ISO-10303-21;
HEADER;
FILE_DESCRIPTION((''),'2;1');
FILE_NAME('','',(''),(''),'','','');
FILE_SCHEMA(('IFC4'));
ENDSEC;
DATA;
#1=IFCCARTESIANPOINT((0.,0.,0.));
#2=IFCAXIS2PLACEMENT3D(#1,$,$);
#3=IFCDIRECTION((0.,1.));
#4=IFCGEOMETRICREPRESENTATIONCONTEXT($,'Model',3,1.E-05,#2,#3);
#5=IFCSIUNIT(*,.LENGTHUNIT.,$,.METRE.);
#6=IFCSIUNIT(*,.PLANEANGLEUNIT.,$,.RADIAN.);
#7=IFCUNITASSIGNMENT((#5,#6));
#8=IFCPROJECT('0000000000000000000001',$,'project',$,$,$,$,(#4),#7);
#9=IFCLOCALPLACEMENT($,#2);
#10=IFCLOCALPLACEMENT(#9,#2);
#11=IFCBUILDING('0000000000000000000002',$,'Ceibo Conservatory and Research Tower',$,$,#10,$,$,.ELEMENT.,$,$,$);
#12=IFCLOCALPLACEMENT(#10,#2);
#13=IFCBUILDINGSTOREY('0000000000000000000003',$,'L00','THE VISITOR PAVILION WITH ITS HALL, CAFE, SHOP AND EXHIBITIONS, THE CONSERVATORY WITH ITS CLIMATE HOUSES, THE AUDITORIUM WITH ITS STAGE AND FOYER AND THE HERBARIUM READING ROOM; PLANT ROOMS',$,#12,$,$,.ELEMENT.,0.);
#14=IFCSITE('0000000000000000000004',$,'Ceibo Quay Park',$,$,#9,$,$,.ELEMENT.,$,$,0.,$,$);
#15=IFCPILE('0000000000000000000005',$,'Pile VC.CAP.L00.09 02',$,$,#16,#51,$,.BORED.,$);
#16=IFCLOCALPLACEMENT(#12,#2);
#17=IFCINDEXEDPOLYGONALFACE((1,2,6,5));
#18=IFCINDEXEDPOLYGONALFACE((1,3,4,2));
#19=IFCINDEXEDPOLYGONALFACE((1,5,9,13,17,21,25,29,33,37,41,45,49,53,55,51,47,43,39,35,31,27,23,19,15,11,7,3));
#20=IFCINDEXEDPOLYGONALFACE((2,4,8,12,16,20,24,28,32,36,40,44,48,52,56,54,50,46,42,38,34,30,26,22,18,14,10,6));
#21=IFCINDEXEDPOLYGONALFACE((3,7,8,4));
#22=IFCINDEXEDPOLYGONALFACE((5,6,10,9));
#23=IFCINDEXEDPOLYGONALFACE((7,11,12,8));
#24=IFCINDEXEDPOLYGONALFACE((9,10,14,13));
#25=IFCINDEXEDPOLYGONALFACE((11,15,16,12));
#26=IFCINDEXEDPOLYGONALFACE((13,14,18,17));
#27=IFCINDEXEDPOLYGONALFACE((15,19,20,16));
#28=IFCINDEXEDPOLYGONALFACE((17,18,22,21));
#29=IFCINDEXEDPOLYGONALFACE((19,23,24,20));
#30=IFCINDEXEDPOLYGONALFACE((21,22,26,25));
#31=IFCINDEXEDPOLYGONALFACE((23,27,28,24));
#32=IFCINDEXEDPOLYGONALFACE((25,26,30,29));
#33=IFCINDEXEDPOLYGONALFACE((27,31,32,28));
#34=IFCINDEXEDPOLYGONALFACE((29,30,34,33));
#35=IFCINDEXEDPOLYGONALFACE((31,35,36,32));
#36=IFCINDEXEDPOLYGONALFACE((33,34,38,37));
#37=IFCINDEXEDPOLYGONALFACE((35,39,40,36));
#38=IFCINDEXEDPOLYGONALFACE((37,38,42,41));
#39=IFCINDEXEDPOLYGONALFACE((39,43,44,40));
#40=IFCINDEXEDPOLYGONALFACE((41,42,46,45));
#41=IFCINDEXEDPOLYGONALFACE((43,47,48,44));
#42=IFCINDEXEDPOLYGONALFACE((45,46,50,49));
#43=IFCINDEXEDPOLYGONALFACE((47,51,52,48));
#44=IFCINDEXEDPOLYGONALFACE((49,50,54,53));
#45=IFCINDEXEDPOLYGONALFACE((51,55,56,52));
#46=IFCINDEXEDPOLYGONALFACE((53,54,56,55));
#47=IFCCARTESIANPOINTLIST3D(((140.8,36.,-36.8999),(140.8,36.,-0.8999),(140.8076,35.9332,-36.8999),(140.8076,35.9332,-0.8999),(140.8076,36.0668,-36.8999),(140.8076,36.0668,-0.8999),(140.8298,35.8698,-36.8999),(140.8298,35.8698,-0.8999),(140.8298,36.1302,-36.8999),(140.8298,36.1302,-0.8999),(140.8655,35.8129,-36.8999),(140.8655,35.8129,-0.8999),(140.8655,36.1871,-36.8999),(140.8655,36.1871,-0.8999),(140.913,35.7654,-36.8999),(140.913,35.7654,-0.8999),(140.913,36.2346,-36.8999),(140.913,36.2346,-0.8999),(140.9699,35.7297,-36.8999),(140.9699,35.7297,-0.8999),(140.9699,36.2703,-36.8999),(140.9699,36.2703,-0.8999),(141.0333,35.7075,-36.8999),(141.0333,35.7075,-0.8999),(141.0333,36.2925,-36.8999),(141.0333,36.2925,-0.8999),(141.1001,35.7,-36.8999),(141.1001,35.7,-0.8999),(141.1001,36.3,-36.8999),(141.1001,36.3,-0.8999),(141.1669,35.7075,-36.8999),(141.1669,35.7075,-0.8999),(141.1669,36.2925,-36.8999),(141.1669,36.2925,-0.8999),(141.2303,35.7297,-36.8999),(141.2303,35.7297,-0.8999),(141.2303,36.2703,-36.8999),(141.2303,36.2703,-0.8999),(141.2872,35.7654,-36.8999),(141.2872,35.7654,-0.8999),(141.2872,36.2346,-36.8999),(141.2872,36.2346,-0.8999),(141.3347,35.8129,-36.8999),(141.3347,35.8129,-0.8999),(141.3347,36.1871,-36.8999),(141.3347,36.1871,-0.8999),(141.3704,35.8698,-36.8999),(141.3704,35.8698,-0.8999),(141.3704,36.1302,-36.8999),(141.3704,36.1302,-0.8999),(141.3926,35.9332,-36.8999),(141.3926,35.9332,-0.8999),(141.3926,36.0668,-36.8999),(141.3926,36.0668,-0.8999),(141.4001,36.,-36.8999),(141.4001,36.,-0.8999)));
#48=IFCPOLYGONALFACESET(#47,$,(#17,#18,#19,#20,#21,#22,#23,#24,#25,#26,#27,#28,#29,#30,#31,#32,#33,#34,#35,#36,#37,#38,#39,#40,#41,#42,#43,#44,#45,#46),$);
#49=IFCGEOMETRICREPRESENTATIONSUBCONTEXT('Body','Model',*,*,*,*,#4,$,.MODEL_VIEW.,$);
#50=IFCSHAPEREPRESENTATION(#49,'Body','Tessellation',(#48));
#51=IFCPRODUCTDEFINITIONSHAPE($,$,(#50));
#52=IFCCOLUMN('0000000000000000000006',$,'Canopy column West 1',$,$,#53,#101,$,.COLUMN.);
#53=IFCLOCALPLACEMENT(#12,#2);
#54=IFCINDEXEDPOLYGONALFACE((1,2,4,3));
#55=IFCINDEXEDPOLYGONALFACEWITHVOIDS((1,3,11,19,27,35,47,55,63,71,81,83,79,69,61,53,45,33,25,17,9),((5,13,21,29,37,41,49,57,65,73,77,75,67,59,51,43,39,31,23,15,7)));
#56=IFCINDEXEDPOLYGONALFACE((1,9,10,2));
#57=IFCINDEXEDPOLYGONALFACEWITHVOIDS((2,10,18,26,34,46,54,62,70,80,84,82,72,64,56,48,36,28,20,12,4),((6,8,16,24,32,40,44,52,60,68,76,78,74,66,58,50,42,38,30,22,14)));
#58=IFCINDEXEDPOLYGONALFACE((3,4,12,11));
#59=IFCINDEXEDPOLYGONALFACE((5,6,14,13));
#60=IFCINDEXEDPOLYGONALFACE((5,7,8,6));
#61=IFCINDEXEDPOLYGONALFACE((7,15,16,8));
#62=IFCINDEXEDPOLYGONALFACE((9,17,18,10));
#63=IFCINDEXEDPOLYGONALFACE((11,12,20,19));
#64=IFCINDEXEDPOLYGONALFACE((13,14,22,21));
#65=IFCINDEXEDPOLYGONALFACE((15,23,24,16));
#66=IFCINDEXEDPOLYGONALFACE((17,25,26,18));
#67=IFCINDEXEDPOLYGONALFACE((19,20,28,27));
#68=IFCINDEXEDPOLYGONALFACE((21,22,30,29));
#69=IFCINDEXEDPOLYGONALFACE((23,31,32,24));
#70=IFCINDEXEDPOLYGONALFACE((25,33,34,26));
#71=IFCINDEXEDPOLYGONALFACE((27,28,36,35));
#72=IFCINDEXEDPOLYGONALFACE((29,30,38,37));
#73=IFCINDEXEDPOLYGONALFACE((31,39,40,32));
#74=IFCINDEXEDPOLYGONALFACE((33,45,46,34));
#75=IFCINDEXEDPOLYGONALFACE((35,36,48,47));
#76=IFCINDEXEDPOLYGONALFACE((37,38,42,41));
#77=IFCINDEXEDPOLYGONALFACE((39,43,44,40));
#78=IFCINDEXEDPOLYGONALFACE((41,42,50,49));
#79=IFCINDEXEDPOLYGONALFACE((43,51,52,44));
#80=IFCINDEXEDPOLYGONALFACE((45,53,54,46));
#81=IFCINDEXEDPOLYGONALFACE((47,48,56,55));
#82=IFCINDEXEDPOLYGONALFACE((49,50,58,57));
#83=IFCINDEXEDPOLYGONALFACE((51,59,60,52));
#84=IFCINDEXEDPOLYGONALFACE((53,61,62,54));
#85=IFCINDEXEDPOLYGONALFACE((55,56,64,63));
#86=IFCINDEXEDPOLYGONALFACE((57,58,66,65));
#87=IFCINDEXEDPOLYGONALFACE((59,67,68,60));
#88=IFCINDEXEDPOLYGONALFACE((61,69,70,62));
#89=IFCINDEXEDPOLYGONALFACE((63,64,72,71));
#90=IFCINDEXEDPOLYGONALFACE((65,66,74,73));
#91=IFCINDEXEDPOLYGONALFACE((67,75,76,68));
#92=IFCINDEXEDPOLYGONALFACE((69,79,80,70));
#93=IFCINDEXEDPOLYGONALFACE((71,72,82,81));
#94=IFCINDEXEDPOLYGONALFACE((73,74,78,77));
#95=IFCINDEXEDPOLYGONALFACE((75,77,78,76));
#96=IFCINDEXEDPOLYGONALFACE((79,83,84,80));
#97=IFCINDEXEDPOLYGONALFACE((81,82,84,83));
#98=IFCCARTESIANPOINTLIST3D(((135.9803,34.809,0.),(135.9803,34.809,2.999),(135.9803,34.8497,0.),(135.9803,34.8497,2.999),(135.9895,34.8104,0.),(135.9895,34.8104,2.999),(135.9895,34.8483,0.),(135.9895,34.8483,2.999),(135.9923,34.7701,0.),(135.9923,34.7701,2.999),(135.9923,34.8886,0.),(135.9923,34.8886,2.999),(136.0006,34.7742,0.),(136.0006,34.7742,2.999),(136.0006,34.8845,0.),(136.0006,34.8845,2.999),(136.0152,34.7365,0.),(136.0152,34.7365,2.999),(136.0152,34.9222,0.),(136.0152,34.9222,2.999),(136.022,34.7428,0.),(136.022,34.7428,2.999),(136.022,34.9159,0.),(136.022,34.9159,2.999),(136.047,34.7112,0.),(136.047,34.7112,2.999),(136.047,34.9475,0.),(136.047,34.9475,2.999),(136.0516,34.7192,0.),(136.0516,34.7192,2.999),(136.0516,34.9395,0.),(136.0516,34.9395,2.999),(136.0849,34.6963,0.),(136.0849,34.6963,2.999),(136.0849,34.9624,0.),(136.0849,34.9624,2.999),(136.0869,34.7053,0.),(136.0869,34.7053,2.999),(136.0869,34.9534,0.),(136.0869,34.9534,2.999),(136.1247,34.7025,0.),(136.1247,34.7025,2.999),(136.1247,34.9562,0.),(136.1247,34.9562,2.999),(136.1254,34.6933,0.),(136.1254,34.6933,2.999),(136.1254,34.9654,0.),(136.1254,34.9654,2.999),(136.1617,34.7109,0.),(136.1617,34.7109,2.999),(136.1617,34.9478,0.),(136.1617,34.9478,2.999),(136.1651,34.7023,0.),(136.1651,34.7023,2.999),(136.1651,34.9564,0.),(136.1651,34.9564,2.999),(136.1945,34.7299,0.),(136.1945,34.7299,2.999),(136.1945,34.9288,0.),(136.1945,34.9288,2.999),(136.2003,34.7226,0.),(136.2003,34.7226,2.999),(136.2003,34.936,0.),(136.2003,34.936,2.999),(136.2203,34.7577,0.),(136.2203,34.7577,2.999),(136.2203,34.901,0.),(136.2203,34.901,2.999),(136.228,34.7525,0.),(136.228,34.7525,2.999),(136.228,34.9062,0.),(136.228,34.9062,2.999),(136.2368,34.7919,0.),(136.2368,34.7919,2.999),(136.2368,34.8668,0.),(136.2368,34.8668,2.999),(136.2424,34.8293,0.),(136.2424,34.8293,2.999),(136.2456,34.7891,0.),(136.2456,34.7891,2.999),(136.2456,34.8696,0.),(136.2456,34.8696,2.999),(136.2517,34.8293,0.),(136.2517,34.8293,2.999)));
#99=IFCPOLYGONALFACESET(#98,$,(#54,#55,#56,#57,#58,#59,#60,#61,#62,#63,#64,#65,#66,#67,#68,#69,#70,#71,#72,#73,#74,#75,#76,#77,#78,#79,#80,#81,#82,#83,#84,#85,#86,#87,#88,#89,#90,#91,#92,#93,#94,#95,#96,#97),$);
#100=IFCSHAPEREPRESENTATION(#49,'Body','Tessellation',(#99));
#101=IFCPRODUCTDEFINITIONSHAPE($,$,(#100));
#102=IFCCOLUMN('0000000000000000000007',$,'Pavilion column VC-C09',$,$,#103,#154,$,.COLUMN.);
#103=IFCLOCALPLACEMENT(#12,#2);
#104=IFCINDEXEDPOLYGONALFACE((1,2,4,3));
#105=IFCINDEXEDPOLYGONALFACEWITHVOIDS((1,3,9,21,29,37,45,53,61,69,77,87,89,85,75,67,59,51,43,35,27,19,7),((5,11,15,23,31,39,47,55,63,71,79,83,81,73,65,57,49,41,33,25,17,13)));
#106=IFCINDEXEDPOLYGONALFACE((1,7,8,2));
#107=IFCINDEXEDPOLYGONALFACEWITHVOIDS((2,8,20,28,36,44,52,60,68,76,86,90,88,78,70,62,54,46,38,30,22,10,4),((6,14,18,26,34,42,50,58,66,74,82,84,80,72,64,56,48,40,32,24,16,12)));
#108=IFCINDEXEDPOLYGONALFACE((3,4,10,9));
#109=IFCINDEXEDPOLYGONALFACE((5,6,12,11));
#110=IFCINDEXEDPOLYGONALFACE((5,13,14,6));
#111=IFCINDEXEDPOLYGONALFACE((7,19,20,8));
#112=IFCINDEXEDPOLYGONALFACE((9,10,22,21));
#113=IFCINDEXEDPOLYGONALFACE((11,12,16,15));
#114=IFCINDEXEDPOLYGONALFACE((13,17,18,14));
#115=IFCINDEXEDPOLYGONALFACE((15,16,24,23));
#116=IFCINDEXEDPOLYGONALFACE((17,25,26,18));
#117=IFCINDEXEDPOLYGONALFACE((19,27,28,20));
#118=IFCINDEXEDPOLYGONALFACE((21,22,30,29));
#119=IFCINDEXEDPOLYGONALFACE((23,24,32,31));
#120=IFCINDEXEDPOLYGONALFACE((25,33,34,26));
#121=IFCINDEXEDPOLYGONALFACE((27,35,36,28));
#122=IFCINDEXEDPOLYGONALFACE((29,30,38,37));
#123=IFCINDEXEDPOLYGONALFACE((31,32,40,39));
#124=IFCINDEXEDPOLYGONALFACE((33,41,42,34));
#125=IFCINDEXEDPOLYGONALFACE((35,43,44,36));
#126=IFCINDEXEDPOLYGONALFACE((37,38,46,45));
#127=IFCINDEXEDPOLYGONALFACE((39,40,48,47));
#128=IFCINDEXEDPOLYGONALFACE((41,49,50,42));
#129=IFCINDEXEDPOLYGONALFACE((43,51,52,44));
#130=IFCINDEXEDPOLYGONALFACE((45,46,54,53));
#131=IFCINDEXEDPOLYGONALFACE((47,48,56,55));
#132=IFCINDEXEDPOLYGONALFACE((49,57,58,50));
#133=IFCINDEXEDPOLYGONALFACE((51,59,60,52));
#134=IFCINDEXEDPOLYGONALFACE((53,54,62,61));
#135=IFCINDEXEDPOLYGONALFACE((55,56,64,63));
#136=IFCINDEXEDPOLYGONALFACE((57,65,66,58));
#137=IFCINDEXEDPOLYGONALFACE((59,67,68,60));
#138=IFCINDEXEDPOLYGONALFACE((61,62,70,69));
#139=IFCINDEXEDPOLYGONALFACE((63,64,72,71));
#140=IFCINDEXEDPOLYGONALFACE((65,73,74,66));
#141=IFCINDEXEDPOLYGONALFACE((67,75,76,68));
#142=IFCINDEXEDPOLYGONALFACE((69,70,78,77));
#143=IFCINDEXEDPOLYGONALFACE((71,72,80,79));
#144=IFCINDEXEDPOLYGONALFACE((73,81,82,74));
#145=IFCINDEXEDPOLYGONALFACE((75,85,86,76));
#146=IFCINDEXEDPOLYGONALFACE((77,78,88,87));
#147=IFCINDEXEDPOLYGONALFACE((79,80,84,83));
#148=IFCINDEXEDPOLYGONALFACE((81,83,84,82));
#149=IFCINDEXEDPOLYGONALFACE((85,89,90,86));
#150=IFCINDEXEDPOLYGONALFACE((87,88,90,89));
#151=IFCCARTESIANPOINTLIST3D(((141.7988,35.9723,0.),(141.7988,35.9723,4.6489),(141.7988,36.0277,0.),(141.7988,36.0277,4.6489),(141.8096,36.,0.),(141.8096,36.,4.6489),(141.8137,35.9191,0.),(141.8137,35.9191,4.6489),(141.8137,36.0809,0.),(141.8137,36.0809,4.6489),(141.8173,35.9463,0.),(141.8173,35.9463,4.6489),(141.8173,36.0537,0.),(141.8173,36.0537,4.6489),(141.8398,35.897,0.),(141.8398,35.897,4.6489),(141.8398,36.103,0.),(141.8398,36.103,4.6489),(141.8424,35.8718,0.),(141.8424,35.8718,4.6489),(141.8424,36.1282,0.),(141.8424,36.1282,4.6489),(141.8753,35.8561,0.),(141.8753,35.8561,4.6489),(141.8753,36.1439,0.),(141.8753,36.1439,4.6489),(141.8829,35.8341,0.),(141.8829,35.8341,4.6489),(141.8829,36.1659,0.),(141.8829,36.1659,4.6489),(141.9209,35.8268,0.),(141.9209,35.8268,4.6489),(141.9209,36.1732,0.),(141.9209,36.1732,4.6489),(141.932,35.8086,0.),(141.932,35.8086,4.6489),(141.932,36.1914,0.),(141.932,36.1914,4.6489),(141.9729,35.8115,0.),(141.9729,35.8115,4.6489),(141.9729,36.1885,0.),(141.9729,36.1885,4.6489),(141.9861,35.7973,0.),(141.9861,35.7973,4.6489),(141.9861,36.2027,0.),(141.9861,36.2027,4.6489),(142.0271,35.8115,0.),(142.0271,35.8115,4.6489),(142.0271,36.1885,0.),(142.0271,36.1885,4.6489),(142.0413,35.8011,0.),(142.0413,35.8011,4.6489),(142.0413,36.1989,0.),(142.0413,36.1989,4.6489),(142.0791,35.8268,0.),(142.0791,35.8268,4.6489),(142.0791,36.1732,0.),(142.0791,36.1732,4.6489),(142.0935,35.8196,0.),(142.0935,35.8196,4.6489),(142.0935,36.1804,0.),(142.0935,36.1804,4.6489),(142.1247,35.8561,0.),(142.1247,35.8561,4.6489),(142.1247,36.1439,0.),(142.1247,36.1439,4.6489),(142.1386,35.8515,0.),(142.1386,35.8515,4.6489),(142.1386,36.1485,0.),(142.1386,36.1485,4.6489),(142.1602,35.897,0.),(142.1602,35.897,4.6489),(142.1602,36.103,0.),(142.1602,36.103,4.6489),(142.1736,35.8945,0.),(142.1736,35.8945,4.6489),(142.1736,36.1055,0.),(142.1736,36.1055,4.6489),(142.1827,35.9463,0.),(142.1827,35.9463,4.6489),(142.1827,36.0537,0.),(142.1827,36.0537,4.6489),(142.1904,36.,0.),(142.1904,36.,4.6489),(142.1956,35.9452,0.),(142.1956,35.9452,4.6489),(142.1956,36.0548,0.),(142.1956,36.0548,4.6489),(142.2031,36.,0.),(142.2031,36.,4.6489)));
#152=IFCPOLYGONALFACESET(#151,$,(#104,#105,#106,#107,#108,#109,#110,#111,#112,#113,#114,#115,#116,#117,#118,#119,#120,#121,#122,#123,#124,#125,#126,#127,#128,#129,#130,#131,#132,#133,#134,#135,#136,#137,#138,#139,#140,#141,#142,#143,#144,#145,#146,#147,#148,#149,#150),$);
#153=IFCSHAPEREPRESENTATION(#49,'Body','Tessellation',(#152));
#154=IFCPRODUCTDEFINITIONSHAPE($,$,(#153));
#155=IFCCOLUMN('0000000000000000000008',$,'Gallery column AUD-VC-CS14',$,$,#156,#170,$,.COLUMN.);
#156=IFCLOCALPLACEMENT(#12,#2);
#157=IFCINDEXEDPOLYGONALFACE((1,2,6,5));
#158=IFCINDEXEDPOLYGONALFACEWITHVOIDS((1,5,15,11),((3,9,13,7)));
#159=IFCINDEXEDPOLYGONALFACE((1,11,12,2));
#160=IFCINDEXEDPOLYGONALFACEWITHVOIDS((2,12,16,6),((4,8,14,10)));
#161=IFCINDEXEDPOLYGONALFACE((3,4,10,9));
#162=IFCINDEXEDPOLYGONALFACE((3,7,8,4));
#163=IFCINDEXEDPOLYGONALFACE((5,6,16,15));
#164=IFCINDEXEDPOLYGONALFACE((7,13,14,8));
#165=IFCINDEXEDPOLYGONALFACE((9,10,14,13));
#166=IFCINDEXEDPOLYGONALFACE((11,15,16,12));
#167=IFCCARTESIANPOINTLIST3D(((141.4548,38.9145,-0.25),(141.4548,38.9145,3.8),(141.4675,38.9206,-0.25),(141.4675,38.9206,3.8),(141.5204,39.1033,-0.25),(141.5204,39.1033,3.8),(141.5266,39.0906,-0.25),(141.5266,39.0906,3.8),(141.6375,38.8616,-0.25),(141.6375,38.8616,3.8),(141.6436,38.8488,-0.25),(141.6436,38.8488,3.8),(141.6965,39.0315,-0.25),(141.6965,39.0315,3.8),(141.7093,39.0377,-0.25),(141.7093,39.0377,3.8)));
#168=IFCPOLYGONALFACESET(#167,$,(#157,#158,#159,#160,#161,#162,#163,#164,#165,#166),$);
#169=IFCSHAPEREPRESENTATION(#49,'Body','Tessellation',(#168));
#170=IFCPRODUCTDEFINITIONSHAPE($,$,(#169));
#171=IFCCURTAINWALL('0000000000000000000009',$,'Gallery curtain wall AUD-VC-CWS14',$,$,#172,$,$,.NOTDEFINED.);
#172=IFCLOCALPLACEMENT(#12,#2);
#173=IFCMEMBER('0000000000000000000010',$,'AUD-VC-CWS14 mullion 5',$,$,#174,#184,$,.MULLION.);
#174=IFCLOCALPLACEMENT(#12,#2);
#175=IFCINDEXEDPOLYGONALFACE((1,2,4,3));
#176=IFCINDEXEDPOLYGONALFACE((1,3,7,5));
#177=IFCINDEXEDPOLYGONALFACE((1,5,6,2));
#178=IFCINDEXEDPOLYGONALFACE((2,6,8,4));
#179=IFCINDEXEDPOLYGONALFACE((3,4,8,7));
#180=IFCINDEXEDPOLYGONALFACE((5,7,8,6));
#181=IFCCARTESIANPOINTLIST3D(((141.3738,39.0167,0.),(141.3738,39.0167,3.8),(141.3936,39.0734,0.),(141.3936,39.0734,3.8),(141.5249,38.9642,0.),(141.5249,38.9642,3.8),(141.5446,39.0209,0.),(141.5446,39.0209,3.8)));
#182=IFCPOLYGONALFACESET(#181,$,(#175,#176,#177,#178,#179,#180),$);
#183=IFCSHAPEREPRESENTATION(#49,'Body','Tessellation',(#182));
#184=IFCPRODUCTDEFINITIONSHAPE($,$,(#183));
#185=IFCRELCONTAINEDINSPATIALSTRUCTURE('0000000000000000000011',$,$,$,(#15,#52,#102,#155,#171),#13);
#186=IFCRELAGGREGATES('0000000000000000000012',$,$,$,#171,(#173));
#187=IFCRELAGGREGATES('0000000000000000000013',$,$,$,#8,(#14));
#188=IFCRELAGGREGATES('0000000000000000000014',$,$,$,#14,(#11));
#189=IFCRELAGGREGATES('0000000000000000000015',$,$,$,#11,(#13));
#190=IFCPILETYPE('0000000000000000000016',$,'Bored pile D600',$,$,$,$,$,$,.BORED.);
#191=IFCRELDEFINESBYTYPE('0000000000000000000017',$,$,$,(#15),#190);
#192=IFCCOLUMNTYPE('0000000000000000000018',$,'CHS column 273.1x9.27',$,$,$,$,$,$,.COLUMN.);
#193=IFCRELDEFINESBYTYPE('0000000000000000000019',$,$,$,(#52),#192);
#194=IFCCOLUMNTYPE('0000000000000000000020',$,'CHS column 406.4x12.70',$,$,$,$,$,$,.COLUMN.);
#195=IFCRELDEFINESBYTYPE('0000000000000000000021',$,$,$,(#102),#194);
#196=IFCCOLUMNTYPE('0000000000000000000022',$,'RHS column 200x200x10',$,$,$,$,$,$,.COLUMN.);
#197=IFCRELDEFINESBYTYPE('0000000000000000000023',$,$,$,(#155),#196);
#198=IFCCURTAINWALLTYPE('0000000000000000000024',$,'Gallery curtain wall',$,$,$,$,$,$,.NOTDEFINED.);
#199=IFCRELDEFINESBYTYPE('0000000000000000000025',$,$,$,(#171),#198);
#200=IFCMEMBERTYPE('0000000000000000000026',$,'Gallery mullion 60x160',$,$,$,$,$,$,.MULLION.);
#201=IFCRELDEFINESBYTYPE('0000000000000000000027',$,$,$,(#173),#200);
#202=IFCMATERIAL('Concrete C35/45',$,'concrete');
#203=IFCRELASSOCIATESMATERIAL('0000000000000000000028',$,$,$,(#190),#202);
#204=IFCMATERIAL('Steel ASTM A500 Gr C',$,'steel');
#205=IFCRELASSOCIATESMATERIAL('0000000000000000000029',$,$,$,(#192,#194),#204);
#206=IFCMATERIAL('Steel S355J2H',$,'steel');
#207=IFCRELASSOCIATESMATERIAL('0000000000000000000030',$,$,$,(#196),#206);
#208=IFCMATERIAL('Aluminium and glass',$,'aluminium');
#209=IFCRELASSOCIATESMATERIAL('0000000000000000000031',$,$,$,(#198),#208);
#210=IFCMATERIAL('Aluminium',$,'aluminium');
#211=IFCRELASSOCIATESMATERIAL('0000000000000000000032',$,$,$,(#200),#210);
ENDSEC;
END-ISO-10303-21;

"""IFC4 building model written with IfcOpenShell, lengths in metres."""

from ifc_helpers import new_model, si_unit, direction, frame, origin, origin_2d, place, context, subcontext, project, spatial, rectangle, hollow_rectangle, circle, hollow_circle, extrude, material, material_profile, profile_set, type_object, element, aggregate, save


model = new_model("IFC4")

# Units and contexts
model_context = context("Model", 3, precision=1e-05, world=origin(), true_north=direction((0.0, 1.0)))
body_context = subcontext(model_context, "Body", "Model", "MODEL_VIEW")
ifc_project = project(units=[si_unit("LENGTHUNIT", "METRE"), si_unit("PLANEANGLEUNIT", "RADIAN")], contexts=[model_context])

# Site, building, storey
site_placement = place(None, origin())
site = spatial("IfcSite", under=ifc_project, at=site_placement, Name="Ceibo Quay Park", CompositionType="ELEMENT", RefElevation=0.0)
building_placement = place(site_placement, origin())
building = spatial("IfcBuilding", under=site, at=building_placement, Name="Ceibo Conservatory and Research Tower", CompositionType="ELEMENT")
storey_placement = place(building_placement, origin())
storey = spatial("IfcBuildingStorey", under=building, at=storey_placement, Name="L00", Description="THE VISITOR PAVILION WITH ITS HALL, CAFE, SHOP AND EXHIBITIONS, THE CONSERVATORY WITH ITS CLIMATE HOUSES, THE AUDITORIUM WITH ITS STAGE AND FOYER AND THE HERBARIUM READING ROOM; PLANT ROOMS", CompositionType="ELEMENT", Elevation=0.0)

# Pile
ifc_material_1 = material(Name="Concrete C35/45", Category="concrete")
ifc_material_profile_1 = material_profile(ifc_material_1, circle(Radius=0.3, at=origin_2d()), Name="RC D600")
ifc_profile_set_1 = profile_set([ifc_material_profile_1], Name="Concrete C35/45")
pile_type = type_object("IfcPileType", Name="Bored pile D600", PredefinedType="BORED", material=ifc_profile_set_1)
pile_placement = place(storey_placement, frame((141.1001, 36.0, -0.8999), z_axis=(0.0, 0.0, -1.0), x_axis=(1.0, 0.0, 0.0)))
element("IfcPile", 1, at=pile_placement, inside=storey, type_object=pile_type, Name="Pile VC.CAP.L00.09 02", PredefinedType="BORED", context=body_context, shape_type="SweptSolid", body=[
    extrude(circle(Radius=0.3, at=origin_2d()), origin(), (0.0, 0.0, 1.0), 36.0),
])

# Columns
ifc_material_2 = material(Name="Steel ASTM A500 Gr C", Category="steel")
ifc_material_profile_2 = material_profile(ifc_material_2, hollow_circle(Radius=0.1365, WallThickness=0.0093, at=origin_2d()), Name="CHS column 273.1x9.27")
ifc_profile_set_2 = profile_set([ifc_material_profile_2], Name="Steel ASTM A500 Gr C")
column_type_1 = type_object("IfcColumnType", Name="CHS column 273.1x9.27", PredefinedType="COLUMN", material=ifc_profile_set_2)
column_1_placement = place(storey_placement, frame((136.1152, 34.8293, 0.0), z_axis=(0.0, 0.0, 1.0), x_axis=(1.0, 0.0, 0.0)))
element("IfcColumn", 2, at=column_1_placement, inside=storey, type_object=column_type_1, Name="Canopy column West 1", PredefinedType="COLUMN", context=body_context, shape_type="SweptSolid", body=[
    extrude(hollow_circle(Radius=0.1365, WallThickness=0.0093, at=origin_2d()), origin(), (0.0, 0.0, 1.0), 2.999),
])
ifc_material_profile_3 = material_profile(ifc_material_2, hollow_circle(Radius=0.2031, WallThickness=0.0127, at=origin_2d()), Name="CHS column 406.4x12.70")
ifc_profile_set_3 = profile_set([ifc_material_profile_3], Name="Steel ASTM A500 Gr C")
column_type_2 = type_object("IfcColumnType", Name="CHS column 406.4x12.70", PredefinedType="COLUMN", material=ifc_profile_set_3)
column_2_placement = place(storey_placement, frame((142.0, 36.0, 0.0), z_axis=(0.0, 0.0, 1.0), x_axis=(1.0, 0.0, 0.0)))
element("IfcColumn", 3, at=column_2_placement, inside=storey, type_object=column_type_2, Name="Pavilion column VC-C09", PredefinedType="COLUMN", context=body_context, shape_type="SweptSolid", body=[
    extrude(hollow_circle(Radius=0.2031, WallThickness=0.0127, at=origin_2d()), origin(), (0.0, 0.0, 1.0), 4.6489),
])
ifc_material_3 = material(Name="Steel S355J2H", Category="steel")
ifc_material_profile_4 = material_profile(ifc_material_3, hollow_rectangle(XDim=0.2, YDim=0.2, WallThickness=0.01, at=origin_2d()), Name="RHS column 200x200x10")
ifc_profile_set_4 = profile_set([ifc_material_profile_4], Name="Steel S355J2H")
column_type_3 = type_object("IfcColumnType", Name="RHS column 200x200x10", PredefinedType="COLUMN", material=ifc_profile_set_4)
column_3_placement = place(storey_placement, frame((141.582, 38.9761, -0.25), z_axis=(0.0, 0.0, 1.0), x_axis=(0.944579, -0.328284, 0.0)))
element("IfcColumn", 4, at=column_3_placement, inside=storey, type_object=column_type_3, Name="Gallery column AUD-VC-CS14", PredefinedType="COLUMN", context=body_context, shape_type="SweptSolid", body=[
    extrude(hollow_rectangle(XDim=0.2, YDim=0.2, WallThickness=0.01, at=origin_2d()), origin(), (0.0, 0.0, 1.0), 4.05),
])

# Curtain wall, member
ifc_material_4 = material(Name="Aluminium and glass", Category="aluminium")
curtain_wall_type_1 = type_object("IfcCurtainWallType", Name="Gallery curtain wall", PredefinedType="NOTDEFINED", material=ifc_material_4)
curtain_wall_1_placement = place(storey_placement, origin())
curtain_wall_1 = element("IfcCurtainWall", 5, at=curtain_wall_1_placement, inside=storey, type_object=curtain_wall_type_1, Name="Gallery curtain wall AUD-VC-CWS14", PredefinedType="NOTDEFINED")
ifc_material_5 = material(Name="Aluminium", Category="aluminium")
ifc_material_profile_5 = material_profile(ifc_material_5, rectangle(XDim=0.0601, YDim=0.1599, at=origin_2d()), Name="AL 60x160")
ifc_profile_set_5 = profile_set([ifc_material_profile_5], Name="Aluminium")
member_type_1 = type_object("IfcMemberType", Name="Gallery mullion 60x160", PredefinedType="MULLION", material=ifc_profile_set_5)
member_1_placement = place(storey_placement, frame((141.4592, 39.0188, 0.0), z_axis=(0.0, 0.0, 1.0), x_axis=(0.328284, 0.944579, 0.0)))
member_1 = element("IfcMember", 6, at=member_1_placement, type_object=member_type_1, Name="AUD-VC-CWS14 mullion 5", PredefinedType="MULLION", context=body_context, shape_type="SweptSolid", body=[
    extrude(rectangle(XDim=0.0601, YDim=0.1599, at=origin_2d()), origin(), (0.0, 0.0, 1.0), 3.8),
])

aggregate(curtain_wall_1, [member_1])

save(model, "model.ifc")
